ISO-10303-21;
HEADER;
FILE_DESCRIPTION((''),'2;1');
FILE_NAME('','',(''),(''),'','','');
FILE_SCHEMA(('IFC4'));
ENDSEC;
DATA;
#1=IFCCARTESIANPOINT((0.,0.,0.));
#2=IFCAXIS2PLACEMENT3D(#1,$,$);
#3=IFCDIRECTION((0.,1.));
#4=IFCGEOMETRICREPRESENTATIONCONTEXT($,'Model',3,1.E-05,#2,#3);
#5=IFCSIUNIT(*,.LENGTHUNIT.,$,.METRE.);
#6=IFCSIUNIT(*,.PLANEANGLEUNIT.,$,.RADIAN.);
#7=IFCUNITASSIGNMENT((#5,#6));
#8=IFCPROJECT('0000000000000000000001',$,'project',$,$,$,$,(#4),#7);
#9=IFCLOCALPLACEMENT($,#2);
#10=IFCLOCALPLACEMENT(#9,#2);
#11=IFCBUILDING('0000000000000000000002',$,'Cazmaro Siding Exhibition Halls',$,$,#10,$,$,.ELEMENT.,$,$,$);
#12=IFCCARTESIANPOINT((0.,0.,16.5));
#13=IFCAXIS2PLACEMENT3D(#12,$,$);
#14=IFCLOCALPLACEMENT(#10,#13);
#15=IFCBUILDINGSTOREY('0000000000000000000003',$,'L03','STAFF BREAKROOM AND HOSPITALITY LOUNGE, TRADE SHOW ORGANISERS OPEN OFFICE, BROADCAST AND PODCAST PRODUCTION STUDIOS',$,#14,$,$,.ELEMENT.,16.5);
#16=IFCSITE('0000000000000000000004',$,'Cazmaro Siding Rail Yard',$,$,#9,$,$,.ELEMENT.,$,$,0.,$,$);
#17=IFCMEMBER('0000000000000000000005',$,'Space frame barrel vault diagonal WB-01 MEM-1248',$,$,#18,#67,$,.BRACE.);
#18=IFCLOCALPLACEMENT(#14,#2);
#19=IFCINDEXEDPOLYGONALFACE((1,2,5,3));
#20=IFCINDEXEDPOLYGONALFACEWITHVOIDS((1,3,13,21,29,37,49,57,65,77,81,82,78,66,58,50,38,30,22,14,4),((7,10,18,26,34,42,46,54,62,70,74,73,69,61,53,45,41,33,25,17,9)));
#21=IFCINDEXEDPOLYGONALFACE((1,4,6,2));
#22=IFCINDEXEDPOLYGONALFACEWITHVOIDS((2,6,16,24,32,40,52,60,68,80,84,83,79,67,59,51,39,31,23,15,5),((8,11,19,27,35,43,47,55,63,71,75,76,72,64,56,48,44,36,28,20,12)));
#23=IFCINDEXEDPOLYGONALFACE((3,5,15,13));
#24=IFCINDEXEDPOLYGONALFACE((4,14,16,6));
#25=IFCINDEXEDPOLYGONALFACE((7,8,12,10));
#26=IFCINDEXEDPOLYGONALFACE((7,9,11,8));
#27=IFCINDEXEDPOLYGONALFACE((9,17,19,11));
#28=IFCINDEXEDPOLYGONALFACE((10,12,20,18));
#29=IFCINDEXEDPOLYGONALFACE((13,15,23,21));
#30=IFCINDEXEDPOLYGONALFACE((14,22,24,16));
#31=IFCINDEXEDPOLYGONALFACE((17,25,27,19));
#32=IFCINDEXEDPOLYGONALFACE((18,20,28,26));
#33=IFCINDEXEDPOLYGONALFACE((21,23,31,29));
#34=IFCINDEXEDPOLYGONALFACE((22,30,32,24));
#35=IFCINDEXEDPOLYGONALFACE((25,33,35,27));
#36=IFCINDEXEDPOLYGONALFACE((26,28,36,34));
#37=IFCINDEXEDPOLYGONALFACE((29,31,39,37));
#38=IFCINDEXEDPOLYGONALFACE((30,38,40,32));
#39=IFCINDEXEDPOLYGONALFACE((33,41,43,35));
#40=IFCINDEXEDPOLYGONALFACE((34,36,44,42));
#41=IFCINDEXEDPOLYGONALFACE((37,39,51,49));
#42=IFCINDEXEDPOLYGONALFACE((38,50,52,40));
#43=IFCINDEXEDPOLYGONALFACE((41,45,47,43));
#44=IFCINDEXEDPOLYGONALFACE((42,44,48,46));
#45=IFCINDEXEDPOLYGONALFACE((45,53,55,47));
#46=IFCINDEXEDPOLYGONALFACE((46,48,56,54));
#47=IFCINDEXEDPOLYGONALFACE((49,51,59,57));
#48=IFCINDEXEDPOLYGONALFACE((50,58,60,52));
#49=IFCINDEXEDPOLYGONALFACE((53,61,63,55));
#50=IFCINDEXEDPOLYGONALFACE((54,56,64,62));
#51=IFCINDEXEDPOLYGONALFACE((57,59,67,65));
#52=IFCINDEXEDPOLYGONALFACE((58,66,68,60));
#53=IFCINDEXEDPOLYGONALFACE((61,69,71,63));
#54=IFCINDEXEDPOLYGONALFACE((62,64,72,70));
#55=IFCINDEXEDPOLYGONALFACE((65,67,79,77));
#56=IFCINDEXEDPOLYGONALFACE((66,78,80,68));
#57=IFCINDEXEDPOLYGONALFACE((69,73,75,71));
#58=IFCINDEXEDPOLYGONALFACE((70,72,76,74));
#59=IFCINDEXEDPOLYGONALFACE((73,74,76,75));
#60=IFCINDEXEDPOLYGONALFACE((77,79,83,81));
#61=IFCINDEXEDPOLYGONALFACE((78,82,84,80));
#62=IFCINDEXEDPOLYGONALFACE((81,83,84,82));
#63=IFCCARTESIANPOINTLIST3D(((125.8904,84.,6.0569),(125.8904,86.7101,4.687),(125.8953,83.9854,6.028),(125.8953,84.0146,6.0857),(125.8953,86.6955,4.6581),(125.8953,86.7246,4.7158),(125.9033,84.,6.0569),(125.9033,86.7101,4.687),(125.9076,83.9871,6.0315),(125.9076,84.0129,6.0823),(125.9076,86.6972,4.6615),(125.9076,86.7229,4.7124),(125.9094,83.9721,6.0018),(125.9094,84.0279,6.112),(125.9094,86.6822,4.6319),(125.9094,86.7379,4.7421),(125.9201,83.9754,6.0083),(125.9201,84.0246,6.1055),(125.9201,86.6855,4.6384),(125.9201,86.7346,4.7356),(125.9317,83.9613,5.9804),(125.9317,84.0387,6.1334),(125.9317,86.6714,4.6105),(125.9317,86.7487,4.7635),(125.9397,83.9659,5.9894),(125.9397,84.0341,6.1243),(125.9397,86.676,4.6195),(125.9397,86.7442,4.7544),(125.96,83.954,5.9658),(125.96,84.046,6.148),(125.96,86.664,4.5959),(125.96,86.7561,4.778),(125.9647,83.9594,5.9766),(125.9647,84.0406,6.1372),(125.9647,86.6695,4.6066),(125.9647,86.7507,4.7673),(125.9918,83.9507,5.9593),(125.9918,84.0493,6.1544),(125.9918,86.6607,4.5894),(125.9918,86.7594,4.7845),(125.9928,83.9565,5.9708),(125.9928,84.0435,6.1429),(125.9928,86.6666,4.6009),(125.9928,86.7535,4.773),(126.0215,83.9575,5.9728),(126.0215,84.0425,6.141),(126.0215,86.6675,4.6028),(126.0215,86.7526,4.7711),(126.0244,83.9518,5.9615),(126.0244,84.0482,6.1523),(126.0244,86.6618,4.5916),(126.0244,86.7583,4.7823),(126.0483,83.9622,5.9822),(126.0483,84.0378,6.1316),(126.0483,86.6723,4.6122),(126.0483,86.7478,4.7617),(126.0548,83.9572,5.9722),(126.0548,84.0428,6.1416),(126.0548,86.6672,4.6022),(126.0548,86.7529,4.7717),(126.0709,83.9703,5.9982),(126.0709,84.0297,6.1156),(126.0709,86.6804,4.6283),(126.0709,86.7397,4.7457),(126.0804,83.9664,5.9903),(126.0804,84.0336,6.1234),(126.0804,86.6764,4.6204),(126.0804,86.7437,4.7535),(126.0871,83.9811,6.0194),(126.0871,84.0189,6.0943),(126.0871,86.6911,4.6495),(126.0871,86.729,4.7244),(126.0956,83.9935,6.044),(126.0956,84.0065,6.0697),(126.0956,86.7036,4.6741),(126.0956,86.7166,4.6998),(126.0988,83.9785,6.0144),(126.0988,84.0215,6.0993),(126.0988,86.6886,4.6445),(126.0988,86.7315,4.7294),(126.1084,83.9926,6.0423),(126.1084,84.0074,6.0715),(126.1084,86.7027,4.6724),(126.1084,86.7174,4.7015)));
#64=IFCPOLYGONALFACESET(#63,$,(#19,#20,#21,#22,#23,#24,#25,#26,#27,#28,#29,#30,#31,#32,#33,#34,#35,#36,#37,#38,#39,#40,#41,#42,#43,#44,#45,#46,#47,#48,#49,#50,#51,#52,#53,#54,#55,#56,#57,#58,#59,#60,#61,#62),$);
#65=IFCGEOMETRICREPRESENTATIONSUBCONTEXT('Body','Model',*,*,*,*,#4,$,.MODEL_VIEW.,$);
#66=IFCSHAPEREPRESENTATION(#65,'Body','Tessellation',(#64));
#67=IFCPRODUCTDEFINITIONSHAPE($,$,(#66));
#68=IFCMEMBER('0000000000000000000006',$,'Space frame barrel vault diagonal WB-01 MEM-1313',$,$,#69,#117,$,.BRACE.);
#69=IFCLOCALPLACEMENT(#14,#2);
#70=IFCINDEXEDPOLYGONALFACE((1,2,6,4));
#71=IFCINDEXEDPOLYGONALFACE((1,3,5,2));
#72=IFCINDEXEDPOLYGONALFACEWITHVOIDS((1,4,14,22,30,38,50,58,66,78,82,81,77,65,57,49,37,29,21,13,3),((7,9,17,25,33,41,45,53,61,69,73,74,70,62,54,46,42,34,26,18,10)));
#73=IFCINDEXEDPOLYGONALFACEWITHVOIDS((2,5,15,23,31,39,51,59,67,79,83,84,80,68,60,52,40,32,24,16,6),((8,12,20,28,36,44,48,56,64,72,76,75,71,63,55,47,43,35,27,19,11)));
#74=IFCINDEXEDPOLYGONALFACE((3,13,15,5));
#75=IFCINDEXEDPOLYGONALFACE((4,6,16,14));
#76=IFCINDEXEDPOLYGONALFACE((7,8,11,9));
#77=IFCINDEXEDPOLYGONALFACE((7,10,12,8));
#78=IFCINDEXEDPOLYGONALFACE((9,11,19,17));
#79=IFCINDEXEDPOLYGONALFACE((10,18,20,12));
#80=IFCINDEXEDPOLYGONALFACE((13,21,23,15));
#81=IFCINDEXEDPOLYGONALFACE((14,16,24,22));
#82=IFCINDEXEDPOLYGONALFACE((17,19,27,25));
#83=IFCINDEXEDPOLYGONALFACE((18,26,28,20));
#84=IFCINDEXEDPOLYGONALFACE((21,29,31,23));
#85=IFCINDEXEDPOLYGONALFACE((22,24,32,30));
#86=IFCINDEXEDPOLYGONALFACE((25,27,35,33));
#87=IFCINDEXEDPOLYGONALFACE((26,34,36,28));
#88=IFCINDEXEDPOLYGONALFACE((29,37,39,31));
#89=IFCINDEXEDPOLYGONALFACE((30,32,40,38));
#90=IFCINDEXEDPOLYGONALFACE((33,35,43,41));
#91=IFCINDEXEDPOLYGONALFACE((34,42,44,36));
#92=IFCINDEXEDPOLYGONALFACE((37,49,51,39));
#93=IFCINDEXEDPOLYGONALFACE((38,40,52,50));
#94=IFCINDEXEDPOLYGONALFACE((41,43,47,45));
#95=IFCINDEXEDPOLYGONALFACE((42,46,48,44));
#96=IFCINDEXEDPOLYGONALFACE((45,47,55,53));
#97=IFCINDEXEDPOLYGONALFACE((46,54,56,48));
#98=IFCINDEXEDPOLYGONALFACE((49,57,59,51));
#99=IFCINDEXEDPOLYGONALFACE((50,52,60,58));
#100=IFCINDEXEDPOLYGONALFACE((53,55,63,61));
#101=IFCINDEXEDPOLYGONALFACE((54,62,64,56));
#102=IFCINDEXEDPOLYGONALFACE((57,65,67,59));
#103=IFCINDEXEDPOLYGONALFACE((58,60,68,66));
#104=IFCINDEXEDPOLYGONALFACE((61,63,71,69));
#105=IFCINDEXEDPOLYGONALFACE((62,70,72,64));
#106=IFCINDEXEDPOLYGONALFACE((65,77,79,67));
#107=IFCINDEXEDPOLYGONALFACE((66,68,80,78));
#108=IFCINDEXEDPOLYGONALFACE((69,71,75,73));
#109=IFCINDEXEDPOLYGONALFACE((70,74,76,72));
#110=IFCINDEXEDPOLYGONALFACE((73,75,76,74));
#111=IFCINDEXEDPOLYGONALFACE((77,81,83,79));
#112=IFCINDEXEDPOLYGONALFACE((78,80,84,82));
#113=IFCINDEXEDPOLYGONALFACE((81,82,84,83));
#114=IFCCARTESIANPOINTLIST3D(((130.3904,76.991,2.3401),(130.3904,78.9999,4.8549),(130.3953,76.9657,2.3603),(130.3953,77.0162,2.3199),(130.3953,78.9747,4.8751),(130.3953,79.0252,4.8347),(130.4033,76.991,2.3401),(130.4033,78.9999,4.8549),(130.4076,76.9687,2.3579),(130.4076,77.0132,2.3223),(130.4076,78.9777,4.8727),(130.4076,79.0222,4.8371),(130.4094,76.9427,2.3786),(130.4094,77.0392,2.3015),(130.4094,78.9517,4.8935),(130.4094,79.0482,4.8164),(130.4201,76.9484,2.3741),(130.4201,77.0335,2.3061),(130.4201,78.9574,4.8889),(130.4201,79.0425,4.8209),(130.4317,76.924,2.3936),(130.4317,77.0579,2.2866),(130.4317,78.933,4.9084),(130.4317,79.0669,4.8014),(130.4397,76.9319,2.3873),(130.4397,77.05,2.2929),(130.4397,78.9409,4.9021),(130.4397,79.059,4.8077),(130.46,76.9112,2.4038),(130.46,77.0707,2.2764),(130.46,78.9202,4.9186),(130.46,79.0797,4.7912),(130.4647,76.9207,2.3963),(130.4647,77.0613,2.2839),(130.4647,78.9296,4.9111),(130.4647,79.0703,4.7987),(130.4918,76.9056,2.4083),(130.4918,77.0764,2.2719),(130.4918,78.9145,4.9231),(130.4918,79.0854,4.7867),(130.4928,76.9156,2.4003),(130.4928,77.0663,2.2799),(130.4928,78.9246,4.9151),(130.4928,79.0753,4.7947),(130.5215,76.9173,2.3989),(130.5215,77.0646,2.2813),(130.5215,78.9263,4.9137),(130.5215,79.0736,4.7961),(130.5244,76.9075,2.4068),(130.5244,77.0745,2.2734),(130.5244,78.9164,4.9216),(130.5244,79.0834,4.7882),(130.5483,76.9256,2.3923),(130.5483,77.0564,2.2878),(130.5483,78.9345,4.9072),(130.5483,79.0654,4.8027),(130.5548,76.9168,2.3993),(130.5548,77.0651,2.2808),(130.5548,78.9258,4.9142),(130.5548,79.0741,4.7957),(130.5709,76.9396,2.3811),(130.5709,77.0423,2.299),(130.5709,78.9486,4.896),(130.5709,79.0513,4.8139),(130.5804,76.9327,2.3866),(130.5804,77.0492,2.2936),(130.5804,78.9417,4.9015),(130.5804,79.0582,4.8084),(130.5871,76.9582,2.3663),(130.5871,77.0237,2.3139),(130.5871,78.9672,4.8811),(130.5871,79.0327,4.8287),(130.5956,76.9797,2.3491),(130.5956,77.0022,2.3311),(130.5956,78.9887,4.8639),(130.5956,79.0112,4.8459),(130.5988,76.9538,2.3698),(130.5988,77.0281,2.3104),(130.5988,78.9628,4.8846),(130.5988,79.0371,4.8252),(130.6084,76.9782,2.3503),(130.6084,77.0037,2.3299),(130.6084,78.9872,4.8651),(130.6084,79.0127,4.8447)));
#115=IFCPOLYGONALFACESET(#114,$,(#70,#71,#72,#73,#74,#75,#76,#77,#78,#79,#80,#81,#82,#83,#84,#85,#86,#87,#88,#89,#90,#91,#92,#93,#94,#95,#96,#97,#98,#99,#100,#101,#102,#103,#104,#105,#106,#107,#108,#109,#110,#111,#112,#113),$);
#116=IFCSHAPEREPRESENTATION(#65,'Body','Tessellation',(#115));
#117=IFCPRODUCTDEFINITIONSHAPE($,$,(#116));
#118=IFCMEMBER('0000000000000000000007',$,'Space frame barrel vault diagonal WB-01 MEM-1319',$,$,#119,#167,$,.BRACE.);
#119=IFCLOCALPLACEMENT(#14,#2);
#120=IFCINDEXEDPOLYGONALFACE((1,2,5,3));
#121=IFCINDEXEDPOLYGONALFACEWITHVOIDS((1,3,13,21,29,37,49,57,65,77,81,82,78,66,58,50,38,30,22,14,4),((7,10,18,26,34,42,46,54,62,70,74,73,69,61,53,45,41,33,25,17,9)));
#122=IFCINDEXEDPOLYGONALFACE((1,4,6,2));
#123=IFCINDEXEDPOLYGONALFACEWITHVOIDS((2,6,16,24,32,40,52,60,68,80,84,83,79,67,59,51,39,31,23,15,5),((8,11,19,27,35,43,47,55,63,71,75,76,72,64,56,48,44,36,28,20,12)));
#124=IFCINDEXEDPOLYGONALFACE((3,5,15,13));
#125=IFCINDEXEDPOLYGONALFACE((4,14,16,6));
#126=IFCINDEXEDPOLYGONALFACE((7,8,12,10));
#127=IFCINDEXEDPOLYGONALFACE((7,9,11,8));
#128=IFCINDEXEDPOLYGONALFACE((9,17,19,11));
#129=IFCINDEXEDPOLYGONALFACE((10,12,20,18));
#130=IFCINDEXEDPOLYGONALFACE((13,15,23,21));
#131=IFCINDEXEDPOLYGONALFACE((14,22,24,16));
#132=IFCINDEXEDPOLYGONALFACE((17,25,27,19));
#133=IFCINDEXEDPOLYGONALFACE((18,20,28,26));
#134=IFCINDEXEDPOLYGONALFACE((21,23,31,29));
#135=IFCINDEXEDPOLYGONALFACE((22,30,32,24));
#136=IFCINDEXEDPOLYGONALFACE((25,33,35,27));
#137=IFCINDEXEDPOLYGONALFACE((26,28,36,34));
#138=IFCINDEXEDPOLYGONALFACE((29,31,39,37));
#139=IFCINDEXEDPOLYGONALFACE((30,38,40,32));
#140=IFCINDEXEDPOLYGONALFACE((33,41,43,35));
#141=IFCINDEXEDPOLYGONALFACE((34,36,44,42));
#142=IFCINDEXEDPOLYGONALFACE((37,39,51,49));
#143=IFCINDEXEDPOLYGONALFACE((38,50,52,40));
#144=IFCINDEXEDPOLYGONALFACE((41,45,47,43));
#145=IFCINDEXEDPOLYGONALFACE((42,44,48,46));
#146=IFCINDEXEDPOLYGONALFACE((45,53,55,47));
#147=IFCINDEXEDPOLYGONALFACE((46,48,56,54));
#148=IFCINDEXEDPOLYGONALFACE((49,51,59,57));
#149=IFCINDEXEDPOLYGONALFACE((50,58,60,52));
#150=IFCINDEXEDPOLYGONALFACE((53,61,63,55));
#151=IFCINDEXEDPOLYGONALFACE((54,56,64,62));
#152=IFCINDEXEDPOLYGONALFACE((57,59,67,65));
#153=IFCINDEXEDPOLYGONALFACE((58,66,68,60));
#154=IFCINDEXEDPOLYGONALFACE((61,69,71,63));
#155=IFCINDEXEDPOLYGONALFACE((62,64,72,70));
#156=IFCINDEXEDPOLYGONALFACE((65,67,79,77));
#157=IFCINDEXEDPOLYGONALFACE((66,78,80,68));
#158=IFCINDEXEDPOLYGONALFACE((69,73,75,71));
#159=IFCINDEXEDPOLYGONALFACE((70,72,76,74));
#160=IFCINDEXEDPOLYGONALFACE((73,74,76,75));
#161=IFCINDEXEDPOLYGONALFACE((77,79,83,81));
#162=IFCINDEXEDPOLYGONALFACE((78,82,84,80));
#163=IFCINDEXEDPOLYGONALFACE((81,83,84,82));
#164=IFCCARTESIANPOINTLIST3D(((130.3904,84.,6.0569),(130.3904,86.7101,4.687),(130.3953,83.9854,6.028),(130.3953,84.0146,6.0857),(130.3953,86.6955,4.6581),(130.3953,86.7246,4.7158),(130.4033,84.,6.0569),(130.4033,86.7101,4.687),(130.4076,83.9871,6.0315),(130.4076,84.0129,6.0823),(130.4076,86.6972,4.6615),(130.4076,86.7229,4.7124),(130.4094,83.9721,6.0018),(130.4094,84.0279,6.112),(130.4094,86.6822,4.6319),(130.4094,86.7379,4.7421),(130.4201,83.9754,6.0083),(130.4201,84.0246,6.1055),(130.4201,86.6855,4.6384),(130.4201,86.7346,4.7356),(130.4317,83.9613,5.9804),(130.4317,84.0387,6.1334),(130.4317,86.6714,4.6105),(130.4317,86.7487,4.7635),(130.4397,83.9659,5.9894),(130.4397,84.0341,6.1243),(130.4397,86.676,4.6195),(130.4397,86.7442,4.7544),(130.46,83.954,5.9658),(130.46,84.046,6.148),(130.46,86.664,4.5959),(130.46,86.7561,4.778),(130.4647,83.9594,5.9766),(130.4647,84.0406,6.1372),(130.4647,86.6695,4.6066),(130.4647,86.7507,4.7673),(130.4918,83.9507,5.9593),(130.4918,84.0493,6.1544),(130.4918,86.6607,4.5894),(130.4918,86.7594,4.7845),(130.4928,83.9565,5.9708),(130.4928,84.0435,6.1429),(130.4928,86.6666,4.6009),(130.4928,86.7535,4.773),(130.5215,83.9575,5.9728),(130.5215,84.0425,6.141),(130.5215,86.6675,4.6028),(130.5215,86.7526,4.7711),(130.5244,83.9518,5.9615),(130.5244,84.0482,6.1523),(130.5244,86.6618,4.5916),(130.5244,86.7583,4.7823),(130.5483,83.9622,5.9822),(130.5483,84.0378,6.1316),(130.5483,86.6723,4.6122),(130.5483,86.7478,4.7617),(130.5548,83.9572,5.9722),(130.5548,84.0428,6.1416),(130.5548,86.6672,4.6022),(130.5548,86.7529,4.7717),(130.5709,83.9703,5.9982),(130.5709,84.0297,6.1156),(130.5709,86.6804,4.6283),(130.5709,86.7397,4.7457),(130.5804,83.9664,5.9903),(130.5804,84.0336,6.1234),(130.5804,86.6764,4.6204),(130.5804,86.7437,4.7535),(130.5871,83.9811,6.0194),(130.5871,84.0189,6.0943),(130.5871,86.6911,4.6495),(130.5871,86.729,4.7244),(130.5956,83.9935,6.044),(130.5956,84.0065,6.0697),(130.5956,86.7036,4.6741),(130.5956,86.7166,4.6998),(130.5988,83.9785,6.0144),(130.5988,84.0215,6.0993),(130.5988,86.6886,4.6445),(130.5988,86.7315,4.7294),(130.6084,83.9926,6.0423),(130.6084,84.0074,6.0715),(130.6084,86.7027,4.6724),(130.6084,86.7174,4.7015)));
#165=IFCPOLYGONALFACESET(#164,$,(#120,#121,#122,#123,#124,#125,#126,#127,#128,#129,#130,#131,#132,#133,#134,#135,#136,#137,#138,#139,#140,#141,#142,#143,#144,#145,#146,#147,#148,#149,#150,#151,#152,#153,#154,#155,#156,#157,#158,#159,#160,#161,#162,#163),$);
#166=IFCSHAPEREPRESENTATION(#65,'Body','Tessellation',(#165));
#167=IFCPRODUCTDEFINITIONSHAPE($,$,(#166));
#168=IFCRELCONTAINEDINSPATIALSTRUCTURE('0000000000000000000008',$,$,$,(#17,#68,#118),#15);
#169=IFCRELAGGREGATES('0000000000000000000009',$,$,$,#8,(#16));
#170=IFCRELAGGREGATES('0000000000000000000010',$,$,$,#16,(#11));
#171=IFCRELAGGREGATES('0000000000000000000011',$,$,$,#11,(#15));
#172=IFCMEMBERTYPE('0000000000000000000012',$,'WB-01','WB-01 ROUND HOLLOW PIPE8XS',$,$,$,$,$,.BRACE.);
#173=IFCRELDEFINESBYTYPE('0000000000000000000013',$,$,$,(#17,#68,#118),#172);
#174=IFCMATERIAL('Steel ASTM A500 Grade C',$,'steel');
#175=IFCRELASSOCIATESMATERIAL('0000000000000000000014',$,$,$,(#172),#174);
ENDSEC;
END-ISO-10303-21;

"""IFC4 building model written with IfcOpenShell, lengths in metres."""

from ifc_helpers import new_model, si_unit, direction, frame, origin, origin_2d, place, context, subcontext, project, spatial, hollow_circle, extrude, material, material_profile, profile_set, type_object, element, save


model = new_model("IFC4")

# Units and contexts
model_context = context("Model", 3, precision=1e-05, world=origin(), true_north=direction((0.0, 1.0)))
body_context = subcontext(model_context, "Body", "Model", "MODEL_VIEW")
ifc_project = project(units=[si_unit("LENGTHUNIT", "METRE"), si_unit("PLANEANGLEUNIT", "RADIAN")], contexts=[model_context])

# Site, building, storey
site_placement = place(None, origin())
site = spatial("IfcSite", under=ifc_project, at=site_placement, Name="Cazmaro Siding Rail Yard", CompositionType="ELEMENT", RefElevation=0.0)
building_placement = place(site_placement, origin())
building = spatial("IfcBuilding", under=site, at=building_placement, Name="Cazmaro Siding Exhibition Halls", CompositionType="ELEMENT")
storey_placement = place(building_placement, frame((0.0, 0.0, 16.5)))
storey = spatial("IfcBuildingStorey", under=building, at=storey_placement, Name="L03", Description="STAFF BREAKROOM AND HOSPITALITY LOUNGE, TRADE SHOW ORGANISERS OPEN OFFICE, BROADCAST AND PODCAST PRODUCTION STUDIOS", CompositionType="ELEMENT", Elevation=16.5)

# Members
ifc_material_1 = material(Name="Steel ASTM A500 Grade C", Category="steel")
ifc_material_profile_1 = material_profile(ifc_material_1, hollow_circle(Radius=0.1096, WallThickness=0.0129, at=origin_2d()), Name="PIPE8XS")
ifc_profile_set_1 = profile_set([ifc_material_profile_1], Name="Steel ASTM A500 Grade C")
member_type_1 = type_object("IfcMemberType", Name="WB-01", Description="WB-01 ROUND HOLLOW PIPE8XS", PredefinedType="BRACE", material=ifc_profile_set_1)
member_1_placement = place(storey_placement, frame((126.0, 84.0, 6.0569), z_axis=(0.0, 0.892457, -0.451133), x_axis=(-1.0, 0.0, 0.0)))
element("IfcMember", 1, at=member_1_placement, inside=storey, type_object=member_type_1, Name="Space frame barrel vault diagonal WB-01 MEM-1248", PredefinedType="BRACE", context=body_context, shape_type="SweptSolid", body=[
    extrude(hollow_circle(Radius=0.1096, WallThickness=0.0129, at=origin_2d()), origin(), (0.0, 0.0, 1.0), 3.0366),
])
member_2_placement = place(storey_placement, frame((130.5, 76.991, 2.3401), z_axis=(0.0, 0.624149, 0.781305), x_axis=(-1.0, 0.0, 0.0)))
element("IfcMember", 2, at=member_2_placement, inside=storey, type_object=member_type_1, Name="Space frame barrel vault diagonal WB-01 MEM-1313", PredefinedType="BRACE", context=body_context, shape_type="SweptSolid", body=[
    extrude(hollow_circle(Radius=0.1096, WallThickness=0.0129, at=origin_2d()), origin(), (0.0, 0.0, 1.0), 3.2188),
])
member_3_placement = place(storey_placement, frame((130.5, 84.0, 6.0569), z_axis=(0.0, 0.892457, -0.451133), x_axis=(-1.0, 0.0, 0.0)))
element("IfcMember", 3, at=member_3_placement, inside=storey, type_object=member_type_1, Name="Space frame barrel vault diagonal WB-01 MEM-1319", PredefinedType="BRACE", context=body_context, shape_type="SweptSolid", body=[
    extrude(hollow_circle(Radius=0.1096, WallThickness=0.0129, at=origin_2d()), origin(), (0.0, 0.0, 1.0), 3.0366),
])

save(model, "model.ifc")
